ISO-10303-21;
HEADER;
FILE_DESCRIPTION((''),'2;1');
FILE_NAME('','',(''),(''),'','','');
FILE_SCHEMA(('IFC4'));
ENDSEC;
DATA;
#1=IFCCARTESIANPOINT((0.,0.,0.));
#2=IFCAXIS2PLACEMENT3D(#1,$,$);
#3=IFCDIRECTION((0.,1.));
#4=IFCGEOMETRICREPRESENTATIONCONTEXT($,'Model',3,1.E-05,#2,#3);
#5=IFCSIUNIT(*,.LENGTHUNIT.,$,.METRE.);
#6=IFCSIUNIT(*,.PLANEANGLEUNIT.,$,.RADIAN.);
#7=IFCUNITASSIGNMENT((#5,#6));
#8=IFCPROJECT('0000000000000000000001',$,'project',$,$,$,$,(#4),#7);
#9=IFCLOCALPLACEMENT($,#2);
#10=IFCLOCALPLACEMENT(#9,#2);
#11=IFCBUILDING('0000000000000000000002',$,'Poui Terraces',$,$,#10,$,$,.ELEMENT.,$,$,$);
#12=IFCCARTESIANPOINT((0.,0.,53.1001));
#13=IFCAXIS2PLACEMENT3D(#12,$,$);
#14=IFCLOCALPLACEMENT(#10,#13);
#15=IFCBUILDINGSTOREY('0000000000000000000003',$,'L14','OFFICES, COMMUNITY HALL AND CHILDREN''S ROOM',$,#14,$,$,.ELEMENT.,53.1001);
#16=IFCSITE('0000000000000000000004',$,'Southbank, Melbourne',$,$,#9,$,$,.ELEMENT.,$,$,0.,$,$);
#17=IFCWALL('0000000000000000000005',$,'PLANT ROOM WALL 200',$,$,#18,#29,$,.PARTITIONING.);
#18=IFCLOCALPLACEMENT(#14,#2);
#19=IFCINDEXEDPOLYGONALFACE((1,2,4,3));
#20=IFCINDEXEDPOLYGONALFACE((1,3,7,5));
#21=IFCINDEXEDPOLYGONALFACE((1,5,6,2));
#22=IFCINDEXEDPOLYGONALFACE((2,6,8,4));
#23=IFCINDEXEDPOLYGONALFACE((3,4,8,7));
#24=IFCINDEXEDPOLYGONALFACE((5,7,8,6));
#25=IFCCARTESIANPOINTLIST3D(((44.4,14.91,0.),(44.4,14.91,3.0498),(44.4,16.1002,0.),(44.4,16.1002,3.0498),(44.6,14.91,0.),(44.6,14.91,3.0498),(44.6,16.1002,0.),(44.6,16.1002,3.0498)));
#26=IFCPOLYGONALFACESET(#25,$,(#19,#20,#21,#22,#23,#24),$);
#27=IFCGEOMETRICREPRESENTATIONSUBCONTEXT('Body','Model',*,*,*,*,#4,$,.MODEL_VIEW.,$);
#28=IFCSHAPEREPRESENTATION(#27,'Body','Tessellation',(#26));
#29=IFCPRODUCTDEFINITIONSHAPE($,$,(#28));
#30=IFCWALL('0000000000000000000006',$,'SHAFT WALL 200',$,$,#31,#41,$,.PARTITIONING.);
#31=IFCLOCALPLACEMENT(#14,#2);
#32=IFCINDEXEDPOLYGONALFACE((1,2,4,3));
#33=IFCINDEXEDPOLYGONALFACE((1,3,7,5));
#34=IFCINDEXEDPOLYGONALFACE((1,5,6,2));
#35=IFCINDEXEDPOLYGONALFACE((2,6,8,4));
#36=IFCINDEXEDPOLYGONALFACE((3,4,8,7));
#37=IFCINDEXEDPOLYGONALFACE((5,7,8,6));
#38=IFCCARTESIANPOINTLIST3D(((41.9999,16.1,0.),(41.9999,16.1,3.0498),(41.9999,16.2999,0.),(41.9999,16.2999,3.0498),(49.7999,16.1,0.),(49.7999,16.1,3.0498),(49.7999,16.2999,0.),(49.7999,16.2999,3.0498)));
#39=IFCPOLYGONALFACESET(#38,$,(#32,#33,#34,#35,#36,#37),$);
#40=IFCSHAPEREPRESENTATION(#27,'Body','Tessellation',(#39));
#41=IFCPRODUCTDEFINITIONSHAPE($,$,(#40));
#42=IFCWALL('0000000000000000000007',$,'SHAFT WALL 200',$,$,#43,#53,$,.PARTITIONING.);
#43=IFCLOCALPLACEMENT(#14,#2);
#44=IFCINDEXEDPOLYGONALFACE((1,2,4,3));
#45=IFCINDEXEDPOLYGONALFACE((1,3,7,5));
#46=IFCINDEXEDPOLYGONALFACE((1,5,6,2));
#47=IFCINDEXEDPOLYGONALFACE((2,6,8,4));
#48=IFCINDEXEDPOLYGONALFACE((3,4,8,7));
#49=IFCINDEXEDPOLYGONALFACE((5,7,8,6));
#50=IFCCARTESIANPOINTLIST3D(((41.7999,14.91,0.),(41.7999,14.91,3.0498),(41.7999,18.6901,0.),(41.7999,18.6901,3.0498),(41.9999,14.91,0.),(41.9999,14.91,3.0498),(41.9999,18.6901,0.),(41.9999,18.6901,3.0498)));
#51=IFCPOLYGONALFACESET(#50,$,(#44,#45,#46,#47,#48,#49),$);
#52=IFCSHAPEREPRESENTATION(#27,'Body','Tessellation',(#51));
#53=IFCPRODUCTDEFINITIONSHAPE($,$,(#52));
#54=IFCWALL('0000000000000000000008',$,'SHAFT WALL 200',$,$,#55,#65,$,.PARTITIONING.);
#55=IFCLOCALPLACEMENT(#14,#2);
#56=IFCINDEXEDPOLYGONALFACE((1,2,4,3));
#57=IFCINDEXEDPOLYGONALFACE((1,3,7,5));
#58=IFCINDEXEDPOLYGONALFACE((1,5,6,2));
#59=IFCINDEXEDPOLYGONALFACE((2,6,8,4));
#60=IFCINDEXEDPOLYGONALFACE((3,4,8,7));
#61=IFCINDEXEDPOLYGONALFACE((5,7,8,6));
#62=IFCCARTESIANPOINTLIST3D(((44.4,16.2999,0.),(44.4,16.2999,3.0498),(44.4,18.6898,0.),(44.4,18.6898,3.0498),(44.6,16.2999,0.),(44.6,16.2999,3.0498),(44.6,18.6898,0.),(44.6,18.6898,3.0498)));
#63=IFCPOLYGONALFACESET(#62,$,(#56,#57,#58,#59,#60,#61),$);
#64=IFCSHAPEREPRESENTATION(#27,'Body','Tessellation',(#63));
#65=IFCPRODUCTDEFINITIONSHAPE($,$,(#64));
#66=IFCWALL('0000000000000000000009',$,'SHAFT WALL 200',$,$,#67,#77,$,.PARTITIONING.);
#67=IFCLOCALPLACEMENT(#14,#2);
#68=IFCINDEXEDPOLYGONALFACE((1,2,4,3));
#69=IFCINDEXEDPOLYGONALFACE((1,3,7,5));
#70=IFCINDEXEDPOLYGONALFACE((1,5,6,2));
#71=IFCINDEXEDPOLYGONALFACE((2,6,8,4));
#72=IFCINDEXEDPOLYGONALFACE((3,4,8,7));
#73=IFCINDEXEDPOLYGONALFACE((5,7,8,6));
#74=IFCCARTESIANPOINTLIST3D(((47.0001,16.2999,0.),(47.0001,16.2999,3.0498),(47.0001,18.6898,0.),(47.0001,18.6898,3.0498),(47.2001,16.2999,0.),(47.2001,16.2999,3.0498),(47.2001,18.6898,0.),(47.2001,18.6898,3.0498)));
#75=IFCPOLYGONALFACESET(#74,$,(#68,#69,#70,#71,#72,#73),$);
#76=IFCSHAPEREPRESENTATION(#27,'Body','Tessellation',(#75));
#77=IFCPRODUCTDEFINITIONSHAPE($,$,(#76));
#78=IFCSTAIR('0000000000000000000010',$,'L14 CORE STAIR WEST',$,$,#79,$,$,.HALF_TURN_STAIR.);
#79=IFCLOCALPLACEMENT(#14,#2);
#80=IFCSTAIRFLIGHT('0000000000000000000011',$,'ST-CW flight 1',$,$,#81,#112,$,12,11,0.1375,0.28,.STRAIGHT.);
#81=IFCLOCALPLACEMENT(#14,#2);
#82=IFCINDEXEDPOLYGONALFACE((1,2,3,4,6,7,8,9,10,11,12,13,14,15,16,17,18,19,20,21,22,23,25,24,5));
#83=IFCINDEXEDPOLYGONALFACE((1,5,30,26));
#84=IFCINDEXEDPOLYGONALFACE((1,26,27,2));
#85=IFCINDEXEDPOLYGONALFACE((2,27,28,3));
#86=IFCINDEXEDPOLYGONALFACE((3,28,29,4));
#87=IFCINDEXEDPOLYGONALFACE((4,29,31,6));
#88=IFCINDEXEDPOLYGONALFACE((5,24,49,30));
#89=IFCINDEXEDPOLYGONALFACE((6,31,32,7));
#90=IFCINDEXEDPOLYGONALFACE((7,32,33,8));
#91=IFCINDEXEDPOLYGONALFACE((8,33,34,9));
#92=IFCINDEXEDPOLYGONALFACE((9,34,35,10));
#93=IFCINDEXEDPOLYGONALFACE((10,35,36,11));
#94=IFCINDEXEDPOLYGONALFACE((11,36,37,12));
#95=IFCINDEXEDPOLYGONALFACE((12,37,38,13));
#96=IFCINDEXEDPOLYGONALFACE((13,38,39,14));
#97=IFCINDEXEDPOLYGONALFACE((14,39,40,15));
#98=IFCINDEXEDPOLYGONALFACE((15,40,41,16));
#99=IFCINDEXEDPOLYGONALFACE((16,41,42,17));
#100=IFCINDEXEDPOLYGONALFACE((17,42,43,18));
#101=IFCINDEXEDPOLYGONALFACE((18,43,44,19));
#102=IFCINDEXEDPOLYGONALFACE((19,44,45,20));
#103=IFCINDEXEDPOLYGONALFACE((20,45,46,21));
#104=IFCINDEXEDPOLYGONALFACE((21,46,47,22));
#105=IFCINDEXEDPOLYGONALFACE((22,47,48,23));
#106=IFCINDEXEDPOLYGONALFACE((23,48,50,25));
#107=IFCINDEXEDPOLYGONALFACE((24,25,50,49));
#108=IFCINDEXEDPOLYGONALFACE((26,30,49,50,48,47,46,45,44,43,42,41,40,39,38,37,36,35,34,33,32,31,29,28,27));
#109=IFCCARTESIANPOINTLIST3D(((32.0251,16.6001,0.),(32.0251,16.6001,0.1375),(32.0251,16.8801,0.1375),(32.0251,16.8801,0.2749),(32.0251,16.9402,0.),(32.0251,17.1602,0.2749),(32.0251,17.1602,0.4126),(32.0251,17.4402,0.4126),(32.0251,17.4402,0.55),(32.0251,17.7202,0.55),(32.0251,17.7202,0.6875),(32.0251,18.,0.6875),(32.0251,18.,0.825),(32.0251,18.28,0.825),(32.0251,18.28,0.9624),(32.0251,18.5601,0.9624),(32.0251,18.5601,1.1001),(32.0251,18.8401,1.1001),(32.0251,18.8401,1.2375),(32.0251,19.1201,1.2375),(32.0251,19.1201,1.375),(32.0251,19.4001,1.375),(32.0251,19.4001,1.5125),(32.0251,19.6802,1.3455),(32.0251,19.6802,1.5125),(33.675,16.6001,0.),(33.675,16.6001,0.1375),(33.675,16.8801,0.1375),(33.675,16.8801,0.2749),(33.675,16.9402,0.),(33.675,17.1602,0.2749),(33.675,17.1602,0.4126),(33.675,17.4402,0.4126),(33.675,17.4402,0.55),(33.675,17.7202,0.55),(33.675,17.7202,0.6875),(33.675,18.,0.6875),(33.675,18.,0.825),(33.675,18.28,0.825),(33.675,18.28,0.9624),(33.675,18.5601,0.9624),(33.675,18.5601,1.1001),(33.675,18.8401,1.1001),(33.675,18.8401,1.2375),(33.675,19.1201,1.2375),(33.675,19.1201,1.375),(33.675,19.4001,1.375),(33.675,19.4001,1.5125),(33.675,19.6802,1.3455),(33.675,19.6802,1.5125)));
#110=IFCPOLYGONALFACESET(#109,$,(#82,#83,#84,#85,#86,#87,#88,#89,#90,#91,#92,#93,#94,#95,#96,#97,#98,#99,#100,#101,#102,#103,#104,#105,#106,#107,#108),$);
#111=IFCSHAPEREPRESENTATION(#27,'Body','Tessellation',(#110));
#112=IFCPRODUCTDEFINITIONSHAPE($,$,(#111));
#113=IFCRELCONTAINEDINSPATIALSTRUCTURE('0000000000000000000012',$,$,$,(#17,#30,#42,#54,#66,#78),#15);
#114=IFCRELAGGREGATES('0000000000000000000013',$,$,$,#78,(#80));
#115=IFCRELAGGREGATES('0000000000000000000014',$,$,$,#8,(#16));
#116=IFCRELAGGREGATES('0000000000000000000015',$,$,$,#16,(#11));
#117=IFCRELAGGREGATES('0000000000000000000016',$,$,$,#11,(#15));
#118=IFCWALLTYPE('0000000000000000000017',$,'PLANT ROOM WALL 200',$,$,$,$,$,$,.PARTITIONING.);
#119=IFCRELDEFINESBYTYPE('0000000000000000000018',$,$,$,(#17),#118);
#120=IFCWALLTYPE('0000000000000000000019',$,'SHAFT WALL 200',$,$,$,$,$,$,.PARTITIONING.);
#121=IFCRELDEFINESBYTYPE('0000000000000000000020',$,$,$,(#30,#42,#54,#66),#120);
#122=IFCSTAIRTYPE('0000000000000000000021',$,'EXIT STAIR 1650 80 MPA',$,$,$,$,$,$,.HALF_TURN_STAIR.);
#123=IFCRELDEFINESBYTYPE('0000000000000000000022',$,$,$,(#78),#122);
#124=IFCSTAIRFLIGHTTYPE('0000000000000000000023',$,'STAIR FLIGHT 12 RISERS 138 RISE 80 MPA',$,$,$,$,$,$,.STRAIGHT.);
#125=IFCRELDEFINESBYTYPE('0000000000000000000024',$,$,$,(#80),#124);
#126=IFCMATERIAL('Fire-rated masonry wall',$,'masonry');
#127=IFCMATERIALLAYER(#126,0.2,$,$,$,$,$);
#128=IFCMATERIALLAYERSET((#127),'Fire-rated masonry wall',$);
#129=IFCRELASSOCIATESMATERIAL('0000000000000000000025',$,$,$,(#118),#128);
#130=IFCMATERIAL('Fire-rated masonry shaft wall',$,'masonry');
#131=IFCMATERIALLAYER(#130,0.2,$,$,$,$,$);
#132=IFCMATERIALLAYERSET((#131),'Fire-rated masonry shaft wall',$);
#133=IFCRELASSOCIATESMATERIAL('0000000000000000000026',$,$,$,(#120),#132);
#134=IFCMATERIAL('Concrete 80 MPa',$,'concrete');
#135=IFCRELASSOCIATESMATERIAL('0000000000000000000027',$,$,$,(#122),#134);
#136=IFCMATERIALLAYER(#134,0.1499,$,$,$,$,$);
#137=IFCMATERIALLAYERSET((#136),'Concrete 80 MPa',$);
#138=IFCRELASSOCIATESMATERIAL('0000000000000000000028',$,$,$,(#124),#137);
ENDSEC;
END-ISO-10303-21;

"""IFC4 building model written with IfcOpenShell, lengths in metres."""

from ifc_helpers import new_model, si_unit, direction, frame, frame_2d, origin, place, context, subcontext, project, spatial, polyline, rectangle, outline, extrude, material, layer, layer_set, type_object, element, aggregate, save


model = new_model("IFC4")

# Units and contexts
model_context = context("Model", 3, precision=1e-05, world=origin(), true_north=direction((0.0, 1.0)))
body_context = subcontext(model_context, "Body", "Model", "MODEL_VIEW")
ifc_project = project(units=[si_unit("LENGTHUNIT", "METRE"), si_unit("PLANEANGLEUNIT", "RADIAN")], contexts=[model_context])

# Site, building, storey
site_placement = place(None, origin())
site = spatial("IfcSite", under=ifc_project, at=site_placement, Name="Southbank, Melbourne", CompositionType="ELEMENT", RefElevation=0.0)
building_placement = place(site_placement, origin())
building = spatial("IfcBuilding", under=site, at=building_placement, Name="Poui Terraces", CompositionType="ELEMENT")
storey_placement = place(building_placement, frame((0.0, 0.0, 53.1001)))
storey = spatial("IfcBuildingStorey", under=building, at=storey_placement, Name="L14", Description="OFFICES, COMMUNITY HALL AND CHILDREN'S ROOM", CompositionType="ELEMENT", Elevation=53.1001)

# Shared definitions
ifc_material_1 = material(Name="Concrete 80 MPa", Category="concrete")

# Walls
ifc_material_2 = material(Name="Fire-rated masonry wall", Category="masonry")
ifc_layer_1 = layer(ifc_material_2, 0.2)
ifc_layer_set_1 = layer_set([ifc_layer_1], Name="Fire-rated masonry wall")
wall_type_1 = type_object("IfcWallType", Name="PLANT ROOM WALL 200", PredefinedType="PARTITIONING", material=ifc_layer_set_1)
wall_1_placement = place(storey_placement, frame((44.5, 14.9099, 0.0), z_axis=(0.0, 0.0, 1.0), x_axis=(0.0, 1.0, 0.0)))
element("IfcWall", 1, at=wall_1_placement, inside=storey, type_object=wall_type_1, Name="PLANT ROOM WALL 200", PredefinedType="PARTITIONING", context=body_context, shape_type="SweptSolid", body=[
    extrude(rectangle(XDim=1.1902, YDim=0.2, at=frame_2d((0.5952, 0.0))), origin(), (0.0, 0.0, 1.0), 3.0498),
])
ifc_material_3 = material(Name="Fire-rated masonry shaft wall", Category="masonry")
ifc_layer_2 = layer(ifc_material_3, 0.2)
ifc_layer_set_2 = layer_set([ifc_layer_2], Name="Fire-rated masonry shaft wall")
wall_type_2 = type_object("IfcWallType", Name="SHAFT WALL 200", PredefinedType="PARTITIONING", material=ifc_layer_set_2)
wall_2_placement = place(storey_placement, frame((42.0, 16.2, 0.0), z_axis=(0.0, 0.0, 1.0), x_axis=(1.0, 0.0, 0.0)))
element("IfcWall", 2, at=wall_2_placement, inside=storey, type_object=wall_type_2, Name="SHAFT WALL 200", PredefinedType="PARTITIONING", context=body_context, shape_type="SweptSolid", body=[
    extrude(rectangle(XDim=7.8, YDim=0.2, at=frame_2d((3.8999, 0.0))), origin(), (0.0, 0.0, 1.0), 3.0498),
])
wall_3_placement = place(storey_placement, frame((41.8999, 14.9099, 0.0), z_axis=(0.0, 0.0, 1.0), x_axis=(0.0, 1.0, 0.0)))
element("IfcWall", 3, at=wall_3_placement, inside=storey, type_object=wall_type_2, Name="SHAFT WALL 200", PredefinedType="PARTITIONING", context=body_context, shape_type="SweptSolid", body=[
    extrude(rectangle(XDim=3.78, YDim=0.2, at=frame_2d((1.8901, 0.0))), origin(), (0.0, 0.0, 1.0), 3.0498),
])
for number, where, z_axis, x_axis, name in (
    (4, (44.5, 16.3, 0.0), (0.0, 0.0, 1.0), (0.0, 1.0, 0.0), "SHAFT WALL 200"),
    (5, (47.1001, 16.3, 0.0), (0.0, 0.0, 1.0), (0.0, 1.0, 0.0), "SHAFT WALL 200"),
):
    element("IfcWall", number, at=place(storey_placement, frame(where, z_axis=z_axis, x_axis=x_axis)), inside=storey, type_object=wall_type_2, Name=name, PredefinedType="PARTITIONING", context=body_context, shape_type="SweptSolid", body=[
        extrude(rectangle(XDim=2.3899, YDim=0.2, at=frame_2d((1.1948, 0.0))), origin(), (0.0, 0.0, 1.0), 3.0498),
    ])

# Stair, stair flight
stair_type = type_object("IfcStairType", Name="EXIT STAIR 1650 80 MPA", PredefinedType="HALF_TURN_STAIR", material=ifc_material_1)
stair_placement = place(storey_placement, origin())
stair = element("IfcStair", 6, at=stair_placement, inside=storey, type_object=stair_type, Name="L14 CORE STAIR WEST", PredefinedType="HALF_TURN_STAIR")
ifc_layer_3 = layer(ifc_material_1, 0.1499)
ifc_layer_set_3 = layer_set([ifc_layer_3], Name="Concrete 80 MPa")
stair_flight_type = type_object("IfcStairFlightType", Name="STAIR FLIGHT 12 RISERS 138 RISE 80 MPA", PredefinedType="STRAIGHT", material=ifc_layer_set_3)
stair_flight_placement = place(storey_placement, frame((32.8501, 16.6001, 0.0), z_axis=(0.0, 0.0, 1.0), x_axis=(0.0, 1.0, 0.0)))
stair_flight = element("IfcStairFlight", 7, at=stair_flight_placement, type_object=stair_flight_type, Name="ST-CW flight 1", NumberOfRisers=12, NumberOfTreads=11, PredefinedType="STRAIGHT", RiserHeight=0.1375, TreadLength=0.28, context=body_context, shape_type="SweptSolid", body=[
    extrude(outline(polyline([(0.0, 0.0), (0.0, 0.1375), (0.28, 0.1375), (0.28, 0.2749), (0.5601, 0.2749), (0.5601, 0.4126), (0.8401, 0.4126), (0.8401, 0.55), (1.1201, 0.55), (1.1201, 0.6875), (1.3999, 0.6875), (1.3999, 0.825), (1.6799, 0.825), (1.6799, 0.9624), (1.96, 0.9624), (1.96, 1.1001), (2.24, 1.1001), (2.24, 1.2375), (2.52, 1.2375), (2.52, 1.375), (2.8, 1.375), (2.8, 1.5125), (3.0801, 1.5125), (3.0801, 1.6499), (3.0801, 1.3455), (0.3401, 0.0), (0.0, 0.0)])), frame((0.0, 0.825, 0.0), z_axis=(0.0, -1.0, 0.0), x_axis=(1.0, 0.0, 0.0)), (0.0, 0.0, 1.0), 1.6499),
])
aggregate(stair, [stair_flight])

save(model, "model.ifc")
